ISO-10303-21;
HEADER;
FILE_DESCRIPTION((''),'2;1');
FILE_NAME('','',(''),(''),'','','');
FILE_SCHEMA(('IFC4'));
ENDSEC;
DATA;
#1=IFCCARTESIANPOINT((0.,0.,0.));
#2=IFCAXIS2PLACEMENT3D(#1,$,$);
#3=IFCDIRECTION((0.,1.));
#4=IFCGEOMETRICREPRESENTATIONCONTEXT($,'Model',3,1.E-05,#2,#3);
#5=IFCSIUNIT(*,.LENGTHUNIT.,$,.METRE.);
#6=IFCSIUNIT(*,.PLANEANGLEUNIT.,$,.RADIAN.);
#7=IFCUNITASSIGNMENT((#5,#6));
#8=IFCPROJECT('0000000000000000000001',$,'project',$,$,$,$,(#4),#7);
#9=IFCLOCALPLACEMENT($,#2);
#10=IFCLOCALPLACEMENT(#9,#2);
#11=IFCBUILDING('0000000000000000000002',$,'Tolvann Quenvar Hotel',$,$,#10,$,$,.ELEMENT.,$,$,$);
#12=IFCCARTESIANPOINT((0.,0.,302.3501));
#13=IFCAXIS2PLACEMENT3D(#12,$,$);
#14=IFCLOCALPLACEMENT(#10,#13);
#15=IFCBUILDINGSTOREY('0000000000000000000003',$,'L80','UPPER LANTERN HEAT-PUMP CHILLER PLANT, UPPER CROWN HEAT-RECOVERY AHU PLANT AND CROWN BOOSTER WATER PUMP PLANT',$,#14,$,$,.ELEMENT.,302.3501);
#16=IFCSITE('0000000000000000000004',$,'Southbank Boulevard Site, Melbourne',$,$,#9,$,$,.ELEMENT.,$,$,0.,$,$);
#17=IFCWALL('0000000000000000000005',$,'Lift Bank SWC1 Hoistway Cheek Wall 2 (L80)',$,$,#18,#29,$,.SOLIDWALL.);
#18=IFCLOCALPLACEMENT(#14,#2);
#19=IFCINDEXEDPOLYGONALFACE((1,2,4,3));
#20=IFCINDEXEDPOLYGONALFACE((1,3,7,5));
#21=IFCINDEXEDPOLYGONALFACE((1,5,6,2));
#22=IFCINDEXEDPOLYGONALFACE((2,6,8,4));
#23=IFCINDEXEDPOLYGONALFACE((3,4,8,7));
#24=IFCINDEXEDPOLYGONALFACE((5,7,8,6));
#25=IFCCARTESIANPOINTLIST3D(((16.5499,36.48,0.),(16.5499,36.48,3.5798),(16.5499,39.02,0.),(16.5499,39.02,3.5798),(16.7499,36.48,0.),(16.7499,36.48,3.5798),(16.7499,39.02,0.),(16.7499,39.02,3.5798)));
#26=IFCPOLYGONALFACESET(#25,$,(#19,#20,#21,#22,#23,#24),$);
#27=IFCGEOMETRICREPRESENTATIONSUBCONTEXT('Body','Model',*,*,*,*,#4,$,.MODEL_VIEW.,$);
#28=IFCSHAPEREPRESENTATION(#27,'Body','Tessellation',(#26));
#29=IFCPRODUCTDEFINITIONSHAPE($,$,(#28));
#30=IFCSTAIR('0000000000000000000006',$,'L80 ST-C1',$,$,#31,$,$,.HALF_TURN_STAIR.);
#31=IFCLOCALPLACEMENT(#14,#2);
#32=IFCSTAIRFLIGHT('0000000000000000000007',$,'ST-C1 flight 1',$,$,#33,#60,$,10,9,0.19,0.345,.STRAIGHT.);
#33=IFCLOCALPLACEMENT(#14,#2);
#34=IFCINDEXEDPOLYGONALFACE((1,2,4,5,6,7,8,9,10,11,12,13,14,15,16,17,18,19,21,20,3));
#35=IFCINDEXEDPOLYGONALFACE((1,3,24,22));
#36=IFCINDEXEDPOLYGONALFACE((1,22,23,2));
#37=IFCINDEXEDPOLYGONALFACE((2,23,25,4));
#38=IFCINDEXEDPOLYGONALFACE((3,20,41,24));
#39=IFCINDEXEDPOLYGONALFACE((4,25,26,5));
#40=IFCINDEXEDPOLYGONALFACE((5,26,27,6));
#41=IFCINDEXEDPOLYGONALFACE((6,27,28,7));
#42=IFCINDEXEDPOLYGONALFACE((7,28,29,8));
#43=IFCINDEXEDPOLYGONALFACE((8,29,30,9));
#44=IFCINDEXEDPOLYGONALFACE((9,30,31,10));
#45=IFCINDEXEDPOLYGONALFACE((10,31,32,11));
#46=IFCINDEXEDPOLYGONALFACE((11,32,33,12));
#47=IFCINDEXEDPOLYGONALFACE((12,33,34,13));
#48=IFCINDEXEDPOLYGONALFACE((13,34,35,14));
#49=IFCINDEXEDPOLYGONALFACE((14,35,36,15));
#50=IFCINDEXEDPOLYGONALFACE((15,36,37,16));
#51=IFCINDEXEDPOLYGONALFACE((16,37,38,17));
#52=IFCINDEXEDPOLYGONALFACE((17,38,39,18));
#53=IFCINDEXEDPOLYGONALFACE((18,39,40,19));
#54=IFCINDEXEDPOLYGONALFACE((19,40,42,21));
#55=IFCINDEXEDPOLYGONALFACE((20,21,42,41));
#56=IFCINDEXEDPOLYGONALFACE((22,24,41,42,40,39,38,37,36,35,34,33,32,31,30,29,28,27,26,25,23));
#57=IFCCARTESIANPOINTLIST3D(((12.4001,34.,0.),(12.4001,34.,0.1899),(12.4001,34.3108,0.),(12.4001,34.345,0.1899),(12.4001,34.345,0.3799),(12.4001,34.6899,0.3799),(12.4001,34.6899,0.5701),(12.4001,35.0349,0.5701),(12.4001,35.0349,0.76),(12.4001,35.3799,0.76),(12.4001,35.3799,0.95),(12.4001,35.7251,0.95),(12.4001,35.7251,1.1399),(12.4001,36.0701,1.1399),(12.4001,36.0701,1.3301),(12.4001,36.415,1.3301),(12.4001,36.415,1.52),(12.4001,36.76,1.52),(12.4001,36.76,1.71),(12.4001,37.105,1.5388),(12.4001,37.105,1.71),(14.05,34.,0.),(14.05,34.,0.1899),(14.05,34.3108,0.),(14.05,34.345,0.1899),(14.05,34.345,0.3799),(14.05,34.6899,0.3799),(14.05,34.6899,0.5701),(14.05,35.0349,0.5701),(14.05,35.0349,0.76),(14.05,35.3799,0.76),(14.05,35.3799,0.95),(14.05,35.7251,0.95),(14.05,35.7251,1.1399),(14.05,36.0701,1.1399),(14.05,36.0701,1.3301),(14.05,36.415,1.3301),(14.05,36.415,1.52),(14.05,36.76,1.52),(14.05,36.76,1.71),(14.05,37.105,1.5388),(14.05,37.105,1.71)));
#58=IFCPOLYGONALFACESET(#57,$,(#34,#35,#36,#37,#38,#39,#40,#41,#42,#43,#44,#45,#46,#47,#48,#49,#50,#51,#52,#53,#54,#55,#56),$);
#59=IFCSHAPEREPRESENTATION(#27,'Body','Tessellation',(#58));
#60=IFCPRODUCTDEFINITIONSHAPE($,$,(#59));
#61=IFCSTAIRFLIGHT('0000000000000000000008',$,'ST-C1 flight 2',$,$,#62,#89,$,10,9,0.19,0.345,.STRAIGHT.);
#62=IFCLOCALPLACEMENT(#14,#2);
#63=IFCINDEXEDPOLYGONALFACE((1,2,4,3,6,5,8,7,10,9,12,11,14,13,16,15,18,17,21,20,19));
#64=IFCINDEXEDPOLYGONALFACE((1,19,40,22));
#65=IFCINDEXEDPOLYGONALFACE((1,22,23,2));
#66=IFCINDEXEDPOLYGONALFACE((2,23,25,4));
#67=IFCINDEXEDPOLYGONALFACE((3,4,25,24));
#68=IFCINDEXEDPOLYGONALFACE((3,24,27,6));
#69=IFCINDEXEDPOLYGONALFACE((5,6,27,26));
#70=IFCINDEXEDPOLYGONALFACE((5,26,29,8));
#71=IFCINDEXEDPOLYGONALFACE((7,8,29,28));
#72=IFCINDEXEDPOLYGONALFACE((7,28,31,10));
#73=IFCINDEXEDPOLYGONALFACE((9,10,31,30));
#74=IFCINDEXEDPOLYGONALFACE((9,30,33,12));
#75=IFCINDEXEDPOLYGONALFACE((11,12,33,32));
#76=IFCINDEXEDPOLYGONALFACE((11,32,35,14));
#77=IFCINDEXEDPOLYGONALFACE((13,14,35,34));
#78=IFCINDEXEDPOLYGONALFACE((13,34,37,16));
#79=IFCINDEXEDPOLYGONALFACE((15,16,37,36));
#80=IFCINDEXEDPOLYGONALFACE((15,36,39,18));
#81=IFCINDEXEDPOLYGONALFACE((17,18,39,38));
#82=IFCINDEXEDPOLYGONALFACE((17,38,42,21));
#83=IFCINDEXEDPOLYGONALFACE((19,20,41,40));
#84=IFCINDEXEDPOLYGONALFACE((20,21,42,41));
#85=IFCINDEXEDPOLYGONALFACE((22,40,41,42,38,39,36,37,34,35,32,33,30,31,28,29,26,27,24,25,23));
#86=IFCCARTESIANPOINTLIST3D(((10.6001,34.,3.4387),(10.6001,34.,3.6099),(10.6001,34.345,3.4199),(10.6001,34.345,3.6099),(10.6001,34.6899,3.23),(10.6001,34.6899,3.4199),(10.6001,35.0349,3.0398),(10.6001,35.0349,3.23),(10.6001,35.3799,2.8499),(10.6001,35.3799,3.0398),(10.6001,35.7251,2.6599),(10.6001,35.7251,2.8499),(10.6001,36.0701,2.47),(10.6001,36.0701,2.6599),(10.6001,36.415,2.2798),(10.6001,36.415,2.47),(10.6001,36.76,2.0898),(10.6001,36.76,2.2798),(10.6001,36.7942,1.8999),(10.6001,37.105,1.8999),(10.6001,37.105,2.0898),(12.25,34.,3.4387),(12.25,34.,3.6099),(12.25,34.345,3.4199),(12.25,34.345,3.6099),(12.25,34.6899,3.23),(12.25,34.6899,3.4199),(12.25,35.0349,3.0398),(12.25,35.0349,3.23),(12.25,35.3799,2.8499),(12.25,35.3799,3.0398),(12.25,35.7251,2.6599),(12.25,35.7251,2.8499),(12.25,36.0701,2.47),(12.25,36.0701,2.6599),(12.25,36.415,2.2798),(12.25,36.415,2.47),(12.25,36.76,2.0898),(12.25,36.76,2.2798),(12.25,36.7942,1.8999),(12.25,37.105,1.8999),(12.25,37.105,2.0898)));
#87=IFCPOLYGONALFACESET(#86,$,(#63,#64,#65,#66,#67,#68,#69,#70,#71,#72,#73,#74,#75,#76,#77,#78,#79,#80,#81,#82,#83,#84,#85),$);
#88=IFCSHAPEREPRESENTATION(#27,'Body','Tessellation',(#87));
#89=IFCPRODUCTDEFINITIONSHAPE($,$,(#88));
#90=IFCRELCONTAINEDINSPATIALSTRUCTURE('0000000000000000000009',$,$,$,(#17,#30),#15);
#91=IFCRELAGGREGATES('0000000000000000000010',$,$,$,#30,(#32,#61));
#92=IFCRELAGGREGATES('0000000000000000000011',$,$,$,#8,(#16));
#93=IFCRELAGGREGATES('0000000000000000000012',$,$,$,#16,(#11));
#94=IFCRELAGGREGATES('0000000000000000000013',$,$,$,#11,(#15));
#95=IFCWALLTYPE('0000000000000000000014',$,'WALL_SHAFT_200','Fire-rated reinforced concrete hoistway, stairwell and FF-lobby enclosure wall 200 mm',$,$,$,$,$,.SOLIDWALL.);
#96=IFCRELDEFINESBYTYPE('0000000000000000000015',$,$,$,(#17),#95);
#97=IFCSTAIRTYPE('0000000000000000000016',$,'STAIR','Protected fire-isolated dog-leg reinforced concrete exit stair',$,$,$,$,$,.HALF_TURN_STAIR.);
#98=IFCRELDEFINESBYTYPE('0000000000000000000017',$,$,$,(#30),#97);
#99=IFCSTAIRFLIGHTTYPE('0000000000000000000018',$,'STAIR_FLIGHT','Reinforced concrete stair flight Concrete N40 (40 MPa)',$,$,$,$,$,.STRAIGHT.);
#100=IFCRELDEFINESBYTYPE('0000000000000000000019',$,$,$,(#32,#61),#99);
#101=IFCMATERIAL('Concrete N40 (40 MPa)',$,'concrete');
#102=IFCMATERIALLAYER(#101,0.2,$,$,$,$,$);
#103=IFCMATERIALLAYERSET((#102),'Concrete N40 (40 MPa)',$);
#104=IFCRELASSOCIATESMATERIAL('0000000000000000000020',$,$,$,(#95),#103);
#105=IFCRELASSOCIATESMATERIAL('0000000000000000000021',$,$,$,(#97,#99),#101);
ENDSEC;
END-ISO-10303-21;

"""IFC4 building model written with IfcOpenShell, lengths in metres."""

from ifc_helpers import new_model, si_unit, direction, frame, frame_2d, origin, place, context, subcontext, project, spatial, polyline, rectangle, outline, extrude, material, layer, layer_set, type_object, element, aggregate, save


model = new_model("IFC4")

# Units and contexts
model_context = context("Model", 3, precision=1e-05, world=origin(), true_north=direction((0.0, 1.0)))
body_context = subcontext(model_context, "Body", "Model", "MODEL_VIEW")
ifc_project = project(units=[si_unit("LENGTHUNIT", "METRE"), si_unit("PLANEANGLEUNIT", "RADIAN")], contexts=[model_context])

# Site, building, storey
site_placement = place(None, origin())
site = spatial("IfcSite", under=ifc_project, at=site_placement, Name="Southbank Boulevard Site, Melbourne", CompositionType="ELEMENT", RefElevation=0.0)
building_placement = place(site_placement, origin())
building = spatial("IfcBuilding", under=site, at=building_placement, Name="Tolvann Quenvar Hotel", CompositionType="ELEMENT")
storey_placement = place(building_placement, frame((0.0, 0.0, 302.3501)))
storey = spatial("IfcBuildingStorey", under=building, at=storey_placement, Name="L80", Description="UPPER LANTERN HEAT-PUMP CHILLER PLANT, UPPER CROWN HEAT-RECOVERY AHU PLANT AND CROWN BOOSTER WATER PUMP PLANT", CompositionType="ELEMENT", Elevation=302.3501)

# Shared definitions
ifc_material_1 = material(Name="Concrete N40 (40 MPa)", Category="concrete")
ifc_layer_1 = layer(ifc_material_1, 0.2)
ifc_layer_set_1 = layer_set([ifc_layer_1], Name="Concrete N40 (40 MPa)")
wall_type = type_object("IfcWallType", Name="WALL_SHAFT_200", Description="Fire-rated reinforced concrete hoistway, stairwell and FF-lobby enclosure wall 200 mm", PredefinedType="SOLIDWALL", material=ifc_layer_set_1)

# Wall
wall_1_placement = place(storey_placement, frame((16.6499, 36.48, 0.0), z_axis=(0.0, 0.0, 1.0), x_axis=(0.0, 1.0, 0.0)))
element("IfcWall", 1, at=wall_1_placement, inside=storey, type_object=wall_type, Name="Lift Bank SWC1 Hoistway Cheek Wall 2 (L80)", PredefinedType="SOLIDWALL", context=body_context, shape_type="SweptSolid", body=[
    extrude(rectangle(XDim=2.54, YDim=0.2, at=frame_2d((1.27, 0.0))), origin(), (0.0, 0.0, 1.0), 3.5798),
])

# Stair, stair flights
stair_type = type_object("IfcStairType", Name="STAIR", Description="Protected fire-isolated dog-leg reinforced concrete exit stair", PredefinedType="HALF_TURN_STAIR", material=ifc_material_1)
stair_placement = place(storey_placement, origin())
stair = element("IfcStair", 2, at=stair_placement, inside=storey, type_object=stair_type, Name="L80 ST-C1", PredefinedType="HALF_TURN_STAIR")
stair_flight_type = type_object("IfcStairFlightType", Name="STAIR_FLIGHT", Description="Reinforced concrete stair flight Concrete N40 (40 MPa)", PredefinedType="STRAIGHT", material=ifc_material_1)
stair_flight_1_placement = place(storey_placement, frame((13.2251, 34.0, 0.0), z_axis=(0.0, 0.0, 1.0), x_axis=(0.0, 1.0, 0.0)))
stair_flight_1 = element("IfcStairFlight", 3, at=stair_flight_1_placement, type_object=stair_flight_type, Name="ST-C1 flight 1", NumberOfRisers=10, NumberOfTreads=9, PredefinedType="STRAIGHT", RiserHeight=0.19, TreadLength=0.345, context=body_context, shape_type="SweptSolid", body=[
    extrude(outline(polyline([(0.0, 0.0), (0.0, 0.1899), (0.345, 0.1899), (0.345, 0.3799), (0.6899, 0.3799), (0.6899, 0.5701), (1.0349, 0.5701), (1.0349, 0.76), (1.3799, 0.76), (1.3799, 0.95), (1.7251, 0.95), (1.7251, 1.1399), (2.0701, 1.1399), (2.0701, 1.3301), (2.415, 1.3301), (2.415, 1.52), (2.76, 1.52), (2.76, 1.71), (3.105, 1.71), (3.105, 1.8999), (3.105, 1.5388), (0.3108, 0.0), (0.0, 0.0)])), frame((0.0, 0.825, 0.0), z_axis=(0.0, -1.0, 0.0), x_axis=(1.0, 0.0, 0.0)), (0.0, 0.0, 1.0), 1.6499),
])
stair_flight_2_placement = place(storey_placement, frame((11.425, 37.105, 1.8999), z_axis=(0.0, 0.0, 1.0), x_axis=(0.0, -1.0, 0.0)))
stair_flight_2 = element("IfcStairFlight", 4, at=stair_flight_2_placement, type_object=stair_flight_type, Name="ST-C1 flight 2", NumberOfRisers=10, NumberOfTreads=9, PredefinedType="STRAIGHT", RiserHeight=0.19, TreadLength=0.345, context=body_context, shape_type="SweptSolid", body=[
    extrude(outline(polyline([(0.0, 0.0), (0.0, 0.1899), (0.345, 0.1899), (0.345, 0.3799), (0.6899, 0.3799), (0.6899, 0.5701), (1.0349, 0.5701), (1.0349, 0.76), (1.3799, 0.76), (1.3799, 0.95), (1.7251, 0.95), (1.7251, 1.1399), (2.0701, 1.1399), (2.0701, 1.3301), (2.415, 1.3301), (2.415, 1.52), (2.76, 1.52), (2.76, 1.71), (3.105, 1.71), (3.105, 1.8999), (3.105, 1.5388), (0.3108, 0.0), (0.0, 0.0)])), frame((0.0, 0.825, 0.0), z_axis=(0.0, -1.0, 0.0), x_axis=(1.0, 0.0, 0.0)), (0.0, 0.0, 1.0), 1.6499),
])
aggregate(stair, [stair_flight_1, stair_flight_2])

save(model, "model.ifc")
